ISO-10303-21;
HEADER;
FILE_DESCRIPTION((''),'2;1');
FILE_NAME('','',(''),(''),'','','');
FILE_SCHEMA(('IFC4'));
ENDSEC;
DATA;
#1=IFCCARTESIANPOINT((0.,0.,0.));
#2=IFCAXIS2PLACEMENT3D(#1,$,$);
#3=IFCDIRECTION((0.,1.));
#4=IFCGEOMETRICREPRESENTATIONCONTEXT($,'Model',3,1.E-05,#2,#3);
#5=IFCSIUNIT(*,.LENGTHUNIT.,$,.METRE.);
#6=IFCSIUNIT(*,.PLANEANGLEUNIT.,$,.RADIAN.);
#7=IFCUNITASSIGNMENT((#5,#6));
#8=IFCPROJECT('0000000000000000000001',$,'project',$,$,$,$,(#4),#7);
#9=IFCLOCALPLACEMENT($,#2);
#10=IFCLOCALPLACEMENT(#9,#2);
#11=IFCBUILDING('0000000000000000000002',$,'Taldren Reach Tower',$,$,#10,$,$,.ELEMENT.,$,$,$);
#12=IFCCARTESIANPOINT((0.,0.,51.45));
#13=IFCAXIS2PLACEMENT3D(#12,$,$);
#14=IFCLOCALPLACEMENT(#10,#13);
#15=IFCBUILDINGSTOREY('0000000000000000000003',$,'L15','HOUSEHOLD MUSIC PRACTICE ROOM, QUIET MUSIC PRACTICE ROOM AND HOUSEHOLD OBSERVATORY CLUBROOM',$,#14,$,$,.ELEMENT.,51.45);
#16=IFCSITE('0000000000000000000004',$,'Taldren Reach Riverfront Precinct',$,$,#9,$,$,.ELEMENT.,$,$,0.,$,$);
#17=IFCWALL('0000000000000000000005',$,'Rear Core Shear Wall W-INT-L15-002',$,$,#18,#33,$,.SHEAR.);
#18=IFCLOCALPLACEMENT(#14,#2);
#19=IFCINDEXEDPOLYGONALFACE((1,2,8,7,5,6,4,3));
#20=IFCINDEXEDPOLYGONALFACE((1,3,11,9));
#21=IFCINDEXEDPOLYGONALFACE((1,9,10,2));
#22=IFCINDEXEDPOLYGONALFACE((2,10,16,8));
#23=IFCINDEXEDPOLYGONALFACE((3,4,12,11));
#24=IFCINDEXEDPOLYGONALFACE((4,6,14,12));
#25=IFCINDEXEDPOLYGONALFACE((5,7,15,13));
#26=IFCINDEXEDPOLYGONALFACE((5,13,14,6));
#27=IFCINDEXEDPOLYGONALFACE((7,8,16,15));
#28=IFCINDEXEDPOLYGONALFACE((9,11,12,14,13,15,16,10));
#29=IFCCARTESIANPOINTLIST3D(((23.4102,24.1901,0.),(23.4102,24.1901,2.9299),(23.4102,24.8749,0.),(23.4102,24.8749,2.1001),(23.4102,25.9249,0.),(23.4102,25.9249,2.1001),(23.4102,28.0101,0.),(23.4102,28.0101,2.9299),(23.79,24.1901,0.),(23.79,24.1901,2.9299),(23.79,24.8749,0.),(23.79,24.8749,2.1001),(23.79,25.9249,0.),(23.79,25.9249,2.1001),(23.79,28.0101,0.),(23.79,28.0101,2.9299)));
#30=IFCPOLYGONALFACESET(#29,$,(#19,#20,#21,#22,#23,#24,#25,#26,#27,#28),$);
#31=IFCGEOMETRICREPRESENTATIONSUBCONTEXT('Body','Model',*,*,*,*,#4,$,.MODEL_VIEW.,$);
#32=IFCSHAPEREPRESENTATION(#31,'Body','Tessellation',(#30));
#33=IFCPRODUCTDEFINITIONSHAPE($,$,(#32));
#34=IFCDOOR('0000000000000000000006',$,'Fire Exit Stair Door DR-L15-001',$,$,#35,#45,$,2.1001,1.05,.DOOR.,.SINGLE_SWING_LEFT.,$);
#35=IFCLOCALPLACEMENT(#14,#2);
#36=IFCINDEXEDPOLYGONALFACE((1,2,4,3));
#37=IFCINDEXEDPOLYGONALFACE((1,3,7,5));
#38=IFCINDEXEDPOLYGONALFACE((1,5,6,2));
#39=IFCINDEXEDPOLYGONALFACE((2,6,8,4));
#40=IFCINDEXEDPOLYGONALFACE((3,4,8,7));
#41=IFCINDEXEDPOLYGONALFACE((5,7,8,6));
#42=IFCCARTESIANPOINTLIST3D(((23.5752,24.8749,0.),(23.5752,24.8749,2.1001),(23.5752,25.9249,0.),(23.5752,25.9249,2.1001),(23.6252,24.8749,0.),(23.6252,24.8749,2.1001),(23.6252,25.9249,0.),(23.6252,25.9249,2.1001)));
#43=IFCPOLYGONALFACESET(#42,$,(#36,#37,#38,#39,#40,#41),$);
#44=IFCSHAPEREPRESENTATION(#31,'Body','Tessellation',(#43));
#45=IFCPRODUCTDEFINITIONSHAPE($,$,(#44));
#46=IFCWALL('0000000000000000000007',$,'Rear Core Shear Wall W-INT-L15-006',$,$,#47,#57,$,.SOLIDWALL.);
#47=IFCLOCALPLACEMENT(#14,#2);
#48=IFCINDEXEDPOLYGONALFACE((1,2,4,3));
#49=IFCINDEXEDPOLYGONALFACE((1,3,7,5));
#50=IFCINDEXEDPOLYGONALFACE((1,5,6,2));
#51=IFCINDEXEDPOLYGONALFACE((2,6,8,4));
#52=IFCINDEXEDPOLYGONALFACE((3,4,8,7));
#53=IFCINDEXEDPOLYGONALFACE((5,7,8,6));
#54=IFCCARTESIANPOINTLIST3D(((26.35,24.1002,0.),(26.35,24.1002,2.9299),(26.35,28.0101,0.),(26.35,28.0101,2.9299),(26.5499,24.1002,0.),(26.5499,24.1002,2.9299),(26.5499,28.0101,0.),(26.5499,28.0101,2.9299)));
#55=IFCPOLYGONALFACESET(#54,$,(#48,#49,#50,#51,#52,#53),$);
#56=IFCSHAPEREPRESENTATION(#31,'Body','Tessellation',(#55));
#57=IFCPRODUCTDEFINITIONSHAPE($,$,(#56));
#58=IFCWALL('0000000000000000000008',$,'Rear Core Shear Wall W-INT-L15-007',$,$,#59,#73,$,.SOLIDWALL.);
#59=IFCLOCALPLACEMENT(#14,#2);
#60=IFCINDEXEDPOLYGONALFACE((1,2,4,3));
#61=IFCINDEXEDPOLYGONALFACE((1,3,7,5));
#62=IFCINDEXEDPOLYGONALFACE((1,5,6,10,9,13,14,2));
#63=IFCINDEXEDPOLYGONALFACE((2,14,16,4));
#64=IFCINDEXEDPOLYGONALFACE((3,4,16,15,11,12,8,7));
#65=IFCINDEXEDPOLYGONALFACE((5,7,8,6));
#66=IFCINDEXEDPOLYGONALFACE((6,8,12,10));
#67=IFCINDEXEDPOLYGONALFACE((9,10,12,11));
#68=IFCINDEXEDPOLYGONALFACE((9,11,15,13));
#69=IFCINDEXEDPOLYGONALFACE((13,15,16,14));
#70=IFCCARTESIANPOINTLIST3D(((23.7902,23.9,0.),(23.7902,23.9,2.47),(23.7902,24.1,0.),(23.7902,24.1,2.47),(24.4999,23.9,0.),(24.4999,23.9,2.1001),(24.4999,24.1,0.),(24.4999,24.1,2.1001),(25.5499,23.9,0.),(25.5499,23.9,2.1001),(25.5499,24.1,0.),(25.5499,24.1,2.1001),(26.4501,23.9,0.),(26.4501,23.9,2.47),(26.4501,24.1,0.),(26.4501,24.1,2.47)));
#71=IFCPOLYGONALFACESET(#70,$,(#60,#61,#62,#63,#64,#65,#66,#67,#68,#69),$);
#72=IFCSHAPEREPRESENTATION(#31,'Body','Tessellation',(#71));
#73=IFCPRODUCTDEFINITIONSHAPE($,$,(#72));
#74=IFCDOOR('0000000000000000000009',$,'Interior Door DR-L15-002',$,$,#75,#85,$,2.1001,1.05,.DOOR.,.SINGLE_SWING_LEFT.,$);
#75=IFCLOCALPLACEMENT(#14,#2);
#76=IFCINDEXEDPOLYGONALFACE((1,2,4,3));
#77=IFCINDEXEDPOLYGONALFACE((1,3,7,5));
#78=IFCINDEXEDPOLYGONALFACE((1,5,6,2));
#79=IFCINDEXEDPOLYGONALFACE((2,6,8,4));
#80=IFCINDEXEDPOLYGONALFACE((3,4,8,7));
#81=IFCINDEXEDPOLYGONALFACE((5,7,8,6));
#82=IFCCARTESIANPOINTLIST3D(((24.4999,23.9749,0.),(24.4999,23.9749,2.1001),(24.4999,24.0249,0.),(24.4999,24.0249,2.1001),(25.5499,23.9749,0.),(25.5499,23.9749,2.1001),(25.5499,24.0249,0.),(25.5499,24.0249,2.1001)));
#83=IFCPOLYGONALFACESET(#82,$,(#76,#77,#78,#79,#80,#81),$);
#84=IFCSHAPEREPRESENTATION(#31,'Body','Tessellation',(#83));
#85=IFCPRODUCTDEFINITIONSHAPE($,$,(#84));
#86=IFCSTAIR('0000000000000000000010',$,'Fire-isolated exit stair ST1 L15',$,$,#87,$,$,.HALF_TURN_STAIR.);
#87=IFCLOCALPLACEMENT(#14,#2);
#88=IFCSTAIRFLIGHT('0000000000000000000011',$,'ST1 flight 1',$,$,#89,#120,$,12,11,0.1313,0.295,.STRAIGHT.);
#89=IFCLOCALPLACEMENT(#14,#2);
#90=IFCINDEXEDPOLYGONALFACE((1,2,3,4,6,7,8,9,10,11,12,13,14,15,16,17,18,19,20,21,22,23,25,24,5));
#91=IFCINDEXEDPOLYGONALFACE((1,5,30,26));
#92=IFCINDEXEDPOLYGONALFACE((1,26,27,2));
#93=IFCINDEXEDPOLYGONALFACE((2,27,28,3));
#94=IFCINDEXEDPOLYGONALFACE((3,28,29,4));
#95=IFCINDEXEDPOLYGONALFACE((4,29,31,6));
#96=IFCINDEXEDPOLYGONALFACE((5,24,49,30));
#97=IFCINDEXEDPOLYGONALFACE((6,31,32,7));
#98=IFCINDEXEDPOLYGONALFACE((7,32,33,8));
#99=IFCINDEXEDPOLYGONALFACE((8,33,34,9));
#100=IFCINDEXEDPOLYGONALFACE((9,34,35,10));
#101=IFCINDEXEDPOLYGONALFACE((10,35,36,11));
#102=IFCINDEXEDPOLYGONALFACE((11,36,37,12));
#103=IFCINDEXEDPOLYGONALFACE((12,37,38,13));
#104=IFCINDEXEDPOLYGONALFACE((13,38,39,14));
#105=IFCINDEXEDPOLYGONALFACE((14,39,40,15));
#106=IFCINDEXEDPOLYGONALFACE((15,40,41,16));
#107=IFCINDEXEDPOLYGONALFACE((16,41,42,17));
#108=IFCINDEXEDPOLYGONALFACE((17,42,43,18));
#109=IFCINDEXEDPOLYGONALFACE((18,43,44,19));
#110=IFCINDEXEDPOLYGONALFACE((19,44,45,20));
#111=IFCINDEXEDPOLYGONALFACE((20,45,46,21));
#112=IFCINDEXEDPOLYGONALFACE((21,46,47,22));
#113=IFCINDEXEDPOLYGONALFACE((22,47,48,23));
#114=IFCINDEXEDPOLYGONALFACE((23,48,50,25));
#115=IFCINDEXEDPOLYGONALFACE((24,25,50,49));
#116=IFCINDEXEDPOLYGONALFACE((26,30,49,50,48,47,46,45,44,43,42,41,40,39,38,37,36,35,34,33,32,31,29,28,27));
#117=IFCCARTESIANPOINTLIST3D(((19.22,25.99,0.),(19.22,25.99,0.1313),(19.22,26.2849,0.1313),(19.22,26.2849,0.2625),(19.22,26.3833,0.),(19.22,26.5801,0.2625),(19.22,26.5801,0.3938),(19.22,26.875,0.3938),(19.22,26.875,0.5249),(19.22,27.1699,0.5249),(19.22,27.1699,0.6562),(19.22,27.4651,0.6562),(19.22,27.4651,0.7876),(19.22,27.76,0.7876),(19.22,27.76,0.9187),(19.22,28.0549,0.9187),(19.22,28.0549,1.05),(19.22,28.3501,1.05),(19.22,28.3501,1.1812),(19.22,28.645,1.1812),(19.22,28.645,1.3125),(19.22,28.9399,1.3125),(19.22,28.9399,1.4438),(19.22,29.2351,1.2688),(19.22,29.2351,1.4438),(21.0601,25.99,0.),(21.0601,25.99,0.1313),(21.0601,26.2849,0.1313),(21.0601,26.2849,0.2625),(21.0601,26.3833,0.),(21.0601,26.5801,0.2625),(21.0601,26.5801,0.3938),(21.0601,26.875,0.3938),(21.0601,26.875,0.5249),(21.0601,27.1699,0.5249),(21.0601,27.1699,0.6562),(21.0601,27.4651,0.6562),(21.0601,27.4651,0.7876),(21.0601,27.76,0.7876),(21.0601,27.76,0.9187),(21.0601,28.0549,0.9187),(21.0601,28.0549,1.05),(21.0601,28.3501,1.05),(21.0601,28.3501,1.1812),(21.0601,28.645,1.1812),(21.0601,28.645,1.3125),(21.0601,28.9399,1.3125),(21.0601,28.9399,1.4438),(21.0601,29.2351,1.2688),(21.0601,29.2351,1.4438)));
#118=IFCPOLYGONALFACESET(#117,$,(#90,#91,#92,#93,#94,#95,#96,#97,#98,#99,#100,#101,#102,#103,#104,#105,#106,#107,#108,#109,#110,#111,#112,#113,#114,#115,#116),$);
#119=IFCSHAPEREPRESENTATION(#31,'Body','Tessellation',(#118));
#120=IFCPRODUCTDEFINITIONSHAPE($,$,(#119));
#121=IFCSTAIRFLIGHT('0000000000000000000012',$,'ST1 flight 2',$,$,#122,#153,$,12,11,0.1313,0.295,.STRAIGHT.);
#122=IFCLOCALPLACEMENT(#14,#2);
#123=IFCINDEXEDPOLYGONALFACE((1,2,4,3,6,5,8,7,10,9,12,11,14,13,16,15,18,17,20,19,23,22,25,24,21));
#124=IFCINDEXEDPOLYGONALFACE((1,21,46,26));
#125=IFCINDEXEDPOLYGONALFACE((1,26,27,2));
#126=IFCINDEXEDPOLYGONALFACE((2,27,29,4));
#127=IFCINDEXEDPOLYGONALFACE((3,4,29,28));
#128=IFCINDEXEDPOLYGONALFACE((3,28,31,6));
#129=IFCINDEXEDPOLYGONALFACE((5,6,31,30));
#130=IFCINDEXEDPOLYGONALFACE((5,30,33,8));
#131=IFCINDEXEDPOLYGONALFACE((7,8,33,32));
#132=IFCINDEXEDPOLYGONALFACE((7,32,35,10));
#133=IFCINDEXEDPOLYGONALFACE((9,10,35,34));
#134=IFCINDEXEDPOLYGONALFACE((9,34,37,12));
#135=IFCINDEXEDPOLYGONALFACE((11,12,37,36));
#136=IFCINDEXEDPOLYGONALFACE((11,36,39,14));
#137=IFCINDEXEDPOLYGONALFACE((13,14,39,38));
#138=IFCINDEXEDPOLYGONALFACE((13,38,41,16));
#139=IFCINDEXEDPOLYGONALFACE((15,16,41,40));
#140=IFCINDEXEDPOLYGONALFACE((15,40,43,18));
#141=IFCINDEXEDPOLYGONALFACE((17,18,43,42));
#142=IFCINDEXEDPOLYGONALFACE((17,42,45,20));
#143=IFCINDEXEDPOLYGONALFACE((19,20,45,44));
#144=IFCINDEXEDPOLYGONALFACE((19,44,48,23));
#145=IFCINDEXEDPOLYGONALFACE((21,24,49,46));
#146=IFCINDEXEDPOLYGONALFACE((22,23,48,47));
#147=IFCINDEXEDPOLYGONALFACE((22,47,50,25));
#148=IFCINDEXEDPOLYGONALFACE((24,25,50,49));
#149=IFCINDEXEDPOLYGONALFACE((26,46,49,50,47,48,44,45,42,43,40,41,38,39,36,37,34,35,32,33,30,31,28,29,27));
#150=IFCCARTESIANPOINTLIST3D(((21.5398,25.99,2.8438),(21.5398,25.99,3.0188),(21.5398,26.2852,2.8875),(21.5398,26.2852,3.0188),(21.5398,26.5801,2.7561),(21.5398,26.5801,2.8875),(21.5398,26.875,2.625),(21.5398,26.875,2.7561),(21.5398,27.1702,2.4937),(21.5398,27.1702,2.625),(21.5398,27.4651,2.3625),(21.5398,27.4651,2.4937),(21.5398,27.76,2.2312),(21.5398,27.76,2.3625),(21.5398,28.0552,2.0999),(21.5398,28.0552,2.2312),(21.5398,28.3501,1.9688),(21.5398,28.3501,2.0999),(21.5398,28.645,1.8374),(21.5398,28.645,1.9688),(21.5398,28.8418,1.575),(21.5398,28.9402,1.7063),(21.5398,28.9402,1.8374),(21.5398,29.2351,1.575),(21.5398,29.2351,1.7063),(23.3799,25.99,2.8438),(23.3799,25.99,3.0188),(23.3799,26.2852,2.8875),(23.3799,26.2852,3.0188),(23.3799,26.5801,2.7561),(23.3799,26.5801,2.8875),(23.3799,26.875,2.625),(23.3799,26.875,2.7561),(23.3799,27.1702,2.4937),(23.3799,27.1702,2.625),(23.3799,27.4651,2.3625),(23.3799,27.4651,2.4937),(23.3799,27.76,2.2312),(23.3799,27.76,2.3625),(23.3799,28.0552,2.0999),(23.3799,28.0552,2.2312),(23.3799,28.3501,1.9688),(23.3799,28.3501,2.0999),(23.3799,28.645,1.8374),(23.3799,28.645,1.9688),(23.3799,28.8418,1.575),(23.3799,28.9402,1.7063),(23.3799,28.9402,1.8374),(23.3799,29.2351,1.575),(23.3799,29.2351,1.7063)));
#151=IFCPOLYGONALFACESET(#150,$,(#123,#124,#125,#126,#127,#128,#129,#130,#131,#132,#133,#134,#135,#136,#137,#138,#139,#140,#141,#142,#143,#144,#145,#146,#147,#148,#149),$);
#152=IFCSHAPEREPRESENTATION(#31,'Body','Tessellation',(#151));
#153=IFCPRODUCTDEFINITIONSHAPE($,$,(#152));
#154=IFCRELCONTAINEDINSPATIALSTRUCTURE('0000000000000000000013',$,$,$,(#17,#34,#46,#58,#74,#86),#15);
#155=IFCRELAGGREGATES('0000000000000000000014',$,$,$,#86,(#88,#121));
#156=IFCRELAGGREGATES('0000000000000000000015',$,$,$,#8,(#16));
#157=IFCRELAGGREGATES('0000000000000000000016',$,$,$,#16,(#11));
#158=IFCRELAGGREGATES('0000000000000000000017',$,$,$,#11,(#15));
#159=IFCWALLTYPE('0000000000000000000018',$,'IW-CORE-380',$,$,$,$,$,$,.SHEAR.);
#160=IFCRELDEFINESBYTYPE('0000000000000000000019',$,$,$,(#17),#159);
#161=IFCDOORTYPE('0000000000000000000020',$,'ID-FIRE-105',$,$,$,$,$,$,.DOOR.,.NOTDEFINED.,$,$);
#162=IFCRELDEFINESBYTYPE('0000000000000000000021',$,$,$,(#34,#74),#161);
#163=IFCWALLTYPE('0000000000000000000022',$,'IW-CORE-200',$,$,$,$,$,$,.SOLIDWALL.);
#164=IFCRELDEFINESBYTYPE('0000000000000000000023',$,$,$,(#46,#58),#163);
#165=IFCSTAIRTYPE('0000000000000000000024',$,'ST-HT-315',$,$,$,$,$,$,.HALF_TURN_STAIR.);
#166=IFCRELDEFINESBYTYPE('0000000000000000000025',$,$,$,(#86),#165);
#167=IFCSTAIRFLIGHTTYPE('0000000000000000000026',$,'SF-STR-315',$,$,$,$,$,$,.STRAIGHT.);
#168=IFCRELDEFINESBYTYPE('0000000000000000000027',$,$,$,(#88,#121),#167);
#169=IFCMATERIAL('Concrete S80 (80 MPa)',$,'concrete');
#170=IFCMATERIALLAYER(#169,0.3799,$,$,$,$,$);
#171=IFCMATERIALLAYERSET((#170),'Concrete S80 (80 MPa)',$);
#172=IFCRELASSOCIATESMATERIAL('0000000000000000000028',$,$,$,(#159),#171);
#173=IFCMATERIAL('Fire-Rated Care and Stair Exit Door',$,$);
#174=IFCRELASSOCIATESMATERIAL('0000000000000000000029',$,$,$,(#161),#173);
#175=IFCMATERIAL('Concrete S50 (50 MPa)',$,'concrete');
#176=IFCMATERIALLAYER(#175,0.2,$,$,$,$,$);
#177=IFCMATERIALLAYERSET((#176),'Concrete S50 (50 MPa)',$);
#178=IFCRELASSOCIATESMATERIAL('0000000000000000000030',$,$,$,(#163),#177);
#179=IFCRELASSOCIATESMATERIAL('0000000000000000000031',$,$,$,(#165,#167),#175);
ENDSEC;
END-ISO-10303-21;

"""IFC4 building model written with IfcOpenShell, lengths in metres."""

from ifc_helpers import new_model, si_unit, direction, frame, frame_2d, origin, place, context, subcontext, project, spatial, polyline, rectangle, outline, extrude, source, transform, mapped, material, layer, layer_set, type_object, element, fill, aggregate, save


model = new_model("IFC4")

# Units and contexts
model_context = context("Model", 3, precision=1e-05, world=origin(), true_north=direction((0.0, 1.0)))
body_context = subcontext(model_context, "Body", "Model", "MODEL_VIEW")
ifc_project = project(units=[si_unit("LENGTHUNIT", "METRE"), si_unit("PLANEANGLEUNIT", "RADIAN")], contexts=[model_context])

# Site, building, storey
site_placement = place(None, origin())
site = spatial("IfcSite", under=ifc_project, at=site_placement, Name="Taldren Reach Riverfront Precinct", CompositionType="ELEMENT", RefElevation=0.0)
building_placement = place(site_placement, origin())
building = spatial("IfcBuilding", under=site, at=building_placement, Name="Taldren Reach Tower", CompositionType="ELEMENT")
storey_placement = place(building_placement, frame((0.0, 0.0, 51.45)))
storey = spatial("IfcBuildingStorey", under=building, at=storey_placement, Name="L15", Description="HOUSEHOLD MUSIC PRACTICE ROOM, QUIET MUSIC PRACTICE ROOM AND HOUSEHOLD OBSERVATORY CLUBROOM", CompositionType="ELEMENT", Elevation=51.45)

# Shared definitions
ifc_material_1 = material(Name="Concrete S80 (80 MPa)", Category="concrete")
ifc_layer_1 = layer(ifc_material_1, 0.3799)
ifc_layer_set_1 = layer_set([ifc_layer_1], Name="Concrete S80 (80 MPa)")
wall_type_1 = type_object("IfcWallType", Name="IW-CORE-380", PredefinedType="SHEAR", material=ifc_layer_set_1)

# Wall, opening, door
shared_shape_1 = source(origin(), body_context, "Body", "SweptSolid", [
    extrude(rectangle(XDim=3.8201, YDim=0.3799, at=frame_2d((1.9102, 0.0))), origin(), (0.0, 0.0, 1.0), 2.9299),
])
wall_1_placement = place(storey_placement, frame((23.6001, 24.1899, 0.0), z_axis=(0.0, 0.0, 1.0), x_axis=(0.0, 1.0, 0.0)))
wall_1 = element("IfcWall", 1, at=wall_1_placement, inside=storey, type_object=wall_type_1, Name="Rear Core Shear Wall W-INT-L15-002", PredefinedType="SHEAR", context=body_context, shape_type="MappedRepresentation", body=[
    mapped(shared_shape_1, transform((0.0, 0.0, 0.0), scale=1.0)),
])
shared_shape_2 = source(origin(), body_context, "Body", "SweptSolid", [
    extrude(rectangle(XDim=1.05, YDim=2.1001, at=frame_2d((0.5249, 1.05))), frame((0.0, 0.2, 0.0), z_axis=(0.0, -1.0, 0.0), x_axis=(1.0, 0.0, 0.0)), (0.0, 0.0, 1.0), 0.3999),
])
opening_1_placement = place(wall_1_placement, frame((0.6851, 0.0, 0.0)))
opening_1 = element("IfcOpeningElement", 2, at=opening_1_placement, cuts=wall_1, PredefinedType="OPENING", context=body_context, shape_type="MappedRepresentation", body=[
    mapped(shared_shape_2, transform((0.0, 0.0, 0.0), scale=1.0)),
])
ifc_material_2 = material(Name="Fire-Rated Care and Stair Exit Door")
door_type_1 = type_object("IfcDoorType", Name="ID-FIRE-105", OperationType="NOTDEFINED", PredefinedType="DOOR", material=ifc_material_2)
shared_shape_3 = source(origin(), body_context, "Body", "SweptSolid", [
    extrude(rectangle(XDim=1.05, YDim=2.1001, at=frame_2d((0.5249, 1.05))), frame((0.0, 0.0249, 0.0), z_axis=(0.0, -1.0, 0.0), x_axis=(1.0, 0.0, 0.0)), (0.0, 0.0, 1.0), 0.05),
])
door_1_placement = place(opening_1_placement, origin())
door_1 = element("IfcDoor", 3, at=door_1_placement, inside=storey, type_object=door_type_1, Name="Fire Exit Stair Door DR-L15-001", OperationType="SINGLE_SWING_LEFT", OverallHeight=2.1001, OverallWidth=1.05, PredefinedType="DOOR", context=body_context, shape_type="MappedRepresentation", body=[
    mapped(shared_shape_3, transform((0.0, 0.0, 0.0), scale=1.0)),
])
fill(opening_1, door_1)

# Wall
ifc_material_3 = material(Name="Concrete S50 (50 MPa)", Category="concrete")
ifc_layer_2 = layer(ifc_material_3, 0.2)
ifc_layer_set_2 = layer_set([ifc_layer_2], Name="Concrete S50 (50 MPa)")
wall_type_2 = type_object("IfcWallType", Name="IW-CORE-200", PredefinedType="SOLIDWALL", material=ifc_layer_set_2)
shared_shape_4 = source(origin(), body_context, "Body", "SweptSolid", [
    extrude(rectangle(XDim=3.9099, YDim=0.2, at=frame_2d((1.9551, 0.0))), origin(), (0.0, 0.0, 1.0), 2.9299),
])
wall_2_placement = place(storey_placement, frame((26.45, 24.1001, 0.0), z_axis=(0.0, 0.0, 1.0), x_axis=(0.0, 1.0, 0.0)))
element("IfcWall", 4, at=wall_2_placement, inside=storey, type_object=wall_type_2, Name="Rear Core Shear Wall W-INT-L15-006", PredefinedType="SOLIDWALL", context=body_context, shape_type="MappedRepresentation", body=[
    mapped(shared_shape_4, transform((0.0, 0.0, 0.0), scale=1.0)),
])

# Wall, opening, door
shared_shape_5 = source(origin(), body_context, "Body", "SweptSolid", [
    extrude(rectangle(XDim=2.6599, YDim=0.2, at=frame_2d((1.3301, 0.0))), origin(), (0.0, 0.0, 1.0), 2.47),
])
wall_3_placement = place(storey_placement, frame((23.79, 24.0, 0.0), z_axis=(0.0, 0.0, 1.0), x_axis=(1.0, 0.0, 0.0)))
wall_3 = element("IfcWall", 5, at=wall_3_placement, inside=storey, type_object=wall_type_2, Name="Rear Core Shear Wall W-INT-L15-007", PredefinedType="SOLIDWALL", context=body_context, shape_type="MappedRepresentation", body=[
    mapped(shared_shape_5, transform((0.0, 0.0, 0.0), scale=1.0)),
])
shared_shape_6 = source(origin(), body_context, "Body", "SweptSolid", [
    extrude(rectangle(XDim=1.05, YDim=2.1001, at=frame_2d((0.5249, 1.05))), frame((0.0, 0.1099, 0.0), z_axis=(0.0, -1.0, 0.0), x_axis=(1.0, 0.0, 0.0)), (0.0, 0.0, 1.0), 0.22),
])
opening_2_placement = place(wall_3_placement, frame((0.71, 0.0, 0.0)))
opening_2 = element("IfcOpeningElement", 6, at=opening_2_placement, cuts=wall_3, PredefinedType="OPENING", context=body_context, shape_type="MappedRepresentation", body=[
    mapped(shared_shape_6, transform((0.0, 0.0, 0.0), scale=1.0)),
])
door_2_placement = place(opening_2_placement, origin())
door_2 = element("IfcDoor", 7, at=door_2_placement, inside=storey, type_object=door_type_1, Name="Interior Door DR-L15-002", OperationType="SINGLE_SWING_LEFT", OverallHeight=2.1001, OverallWidth=1.05, PredefinedType="DOOR", context=body_context, shape_type="MappedRepresentation", body=[
    mapped(shared_shape_3, transform((0.0, 0.0, 0.0), scale=1.0)),
])
fill(opening_2, door_2)

# Stair, stair flights
stair_type = type_object("IfcStairType", Name="ST-HT-315", PredefinedType="HALF_TURN_STAIR", material=ifc_material_3)
stair_placement = place(storey_placement, origin())
stair = element("IfcStair", 8, at=stair_placement, inside=storey, type_object=stair_type, Name="Fire-isolated exit stair ST1 L15", PredefinedType="HALF_TURN_STAIR")
stair_flight_type = type_object("IfcStairFlightType", Name="SF-STR-315", PredefinedType="STRAIGHT", material=ifc_material_3)
stair_flight_1_placement = place(storey_placement, frame((20.1399, 25.99, 0.0), z_axis=(0.0, 0.0, 1.0), x_axis=(0.0, 1.0, 0.0)))
stair_flight_1 = element("IfcStairFlight", 9, at=stair_flight_1_placement, type_object=stair_flight_type, Name="ST1 flight 1", NumberOfRisers=12, NumberOfTreads=11, PredefinedType="STRAIGHT", RiserHeight=0.1313, TreadLength=0.295, context=body_context, shape_type="SweptSolid", body=[
    extrude(outline(polyline([(0.0, 0.0), (0.0, 0.1313), (0.2949, 0.1313), (0.2949, 0.2625), (0.5901, 0.2625), (0.5901, 0.3938), (0.885, 0.3938), (0.885, 0.5249), (1.1799, 0.5249), (1.1799, 0.6562), (1.4751, 0.6562), (1.4751, 0.7876), (1.77, 0.7876), (1.77, 0.9187), (2.0649, 0.9187), (2.0649, 1.05), (2.3601, 1.05), (2.3601, 1.1812), (2.655, 1.1812), (2.655, 1.3125), (2.95, 1.3125), (2.95, 1.4438), (3.2451, 1.4438), (3.2451, 1.575), (3.2451, 1.2688), (0.3933, 0.0), (0.0, 0.0)])), frame((0.0, 0.9199, 0.0), z_axis=(0.0, -1.0, 0.0), x_axis=(1.0, 0.0, 0.0)), (0.0, 0.0, 1.0), 1.8401),
])
stair_flight_2_placement = place(storey_placement, frame((22.46, 29.2351, 1.575), z_axis=(0.0, 0.0, 1.0), x_axis=(0.0, -1.0, 0.0)))
stair_flight_2 = element("IfcStairFlight", 10, at=stair_flight_2_placement, type_object=stair_flight_type, Name="ST1 flight 2", NumberOfRisers=12, NumberOfTreads=11, PredefinedType="STRAIGHT", RiserHeight=0.1313, TreadLength=0.295, context=body_context, shape_type="SweptSolid", body=[
    extrude(outline(polyline([(0.0, 0.0), (0.0, 0.1313), (0.2949, 0.1313), (0.2949, 0.2625), (0.5901, 0.2625), (0.5901, 0.3938), (0.885, 0.3938), (0.885, 0.5249), (1.1799, 0.5249), (1.1799, 0.6562), (1.4751, 0.6562), (1.4751, 0.7876), (1.77, 0.7876), (1.77, 0.9187), (2.0649, 0.9187), (2.0649, 1.05), (2.3601, 1.05), (2.3601, 1.1812), (2.655, 1.1812), (2.655, 1.3125), (2.95, 1.3125), (2.95, 1.4438), (3.2451, 1.4438), (3.2451, 1.575), (3.2451, 1.2688), (0.3933, 0.0), (0.0, 0.0)])), frame((0.0, 0.9199, 0.0), z_axis=(0.0, -1.0, 0.0), x_axis=(1.0, 0.0, 0.0)), (0.0, 0.0, 1.0), 1.8401),
])
aggregate(stair, [stair_flight_1, stair_flight_2])

save(model, "model.ifc")
